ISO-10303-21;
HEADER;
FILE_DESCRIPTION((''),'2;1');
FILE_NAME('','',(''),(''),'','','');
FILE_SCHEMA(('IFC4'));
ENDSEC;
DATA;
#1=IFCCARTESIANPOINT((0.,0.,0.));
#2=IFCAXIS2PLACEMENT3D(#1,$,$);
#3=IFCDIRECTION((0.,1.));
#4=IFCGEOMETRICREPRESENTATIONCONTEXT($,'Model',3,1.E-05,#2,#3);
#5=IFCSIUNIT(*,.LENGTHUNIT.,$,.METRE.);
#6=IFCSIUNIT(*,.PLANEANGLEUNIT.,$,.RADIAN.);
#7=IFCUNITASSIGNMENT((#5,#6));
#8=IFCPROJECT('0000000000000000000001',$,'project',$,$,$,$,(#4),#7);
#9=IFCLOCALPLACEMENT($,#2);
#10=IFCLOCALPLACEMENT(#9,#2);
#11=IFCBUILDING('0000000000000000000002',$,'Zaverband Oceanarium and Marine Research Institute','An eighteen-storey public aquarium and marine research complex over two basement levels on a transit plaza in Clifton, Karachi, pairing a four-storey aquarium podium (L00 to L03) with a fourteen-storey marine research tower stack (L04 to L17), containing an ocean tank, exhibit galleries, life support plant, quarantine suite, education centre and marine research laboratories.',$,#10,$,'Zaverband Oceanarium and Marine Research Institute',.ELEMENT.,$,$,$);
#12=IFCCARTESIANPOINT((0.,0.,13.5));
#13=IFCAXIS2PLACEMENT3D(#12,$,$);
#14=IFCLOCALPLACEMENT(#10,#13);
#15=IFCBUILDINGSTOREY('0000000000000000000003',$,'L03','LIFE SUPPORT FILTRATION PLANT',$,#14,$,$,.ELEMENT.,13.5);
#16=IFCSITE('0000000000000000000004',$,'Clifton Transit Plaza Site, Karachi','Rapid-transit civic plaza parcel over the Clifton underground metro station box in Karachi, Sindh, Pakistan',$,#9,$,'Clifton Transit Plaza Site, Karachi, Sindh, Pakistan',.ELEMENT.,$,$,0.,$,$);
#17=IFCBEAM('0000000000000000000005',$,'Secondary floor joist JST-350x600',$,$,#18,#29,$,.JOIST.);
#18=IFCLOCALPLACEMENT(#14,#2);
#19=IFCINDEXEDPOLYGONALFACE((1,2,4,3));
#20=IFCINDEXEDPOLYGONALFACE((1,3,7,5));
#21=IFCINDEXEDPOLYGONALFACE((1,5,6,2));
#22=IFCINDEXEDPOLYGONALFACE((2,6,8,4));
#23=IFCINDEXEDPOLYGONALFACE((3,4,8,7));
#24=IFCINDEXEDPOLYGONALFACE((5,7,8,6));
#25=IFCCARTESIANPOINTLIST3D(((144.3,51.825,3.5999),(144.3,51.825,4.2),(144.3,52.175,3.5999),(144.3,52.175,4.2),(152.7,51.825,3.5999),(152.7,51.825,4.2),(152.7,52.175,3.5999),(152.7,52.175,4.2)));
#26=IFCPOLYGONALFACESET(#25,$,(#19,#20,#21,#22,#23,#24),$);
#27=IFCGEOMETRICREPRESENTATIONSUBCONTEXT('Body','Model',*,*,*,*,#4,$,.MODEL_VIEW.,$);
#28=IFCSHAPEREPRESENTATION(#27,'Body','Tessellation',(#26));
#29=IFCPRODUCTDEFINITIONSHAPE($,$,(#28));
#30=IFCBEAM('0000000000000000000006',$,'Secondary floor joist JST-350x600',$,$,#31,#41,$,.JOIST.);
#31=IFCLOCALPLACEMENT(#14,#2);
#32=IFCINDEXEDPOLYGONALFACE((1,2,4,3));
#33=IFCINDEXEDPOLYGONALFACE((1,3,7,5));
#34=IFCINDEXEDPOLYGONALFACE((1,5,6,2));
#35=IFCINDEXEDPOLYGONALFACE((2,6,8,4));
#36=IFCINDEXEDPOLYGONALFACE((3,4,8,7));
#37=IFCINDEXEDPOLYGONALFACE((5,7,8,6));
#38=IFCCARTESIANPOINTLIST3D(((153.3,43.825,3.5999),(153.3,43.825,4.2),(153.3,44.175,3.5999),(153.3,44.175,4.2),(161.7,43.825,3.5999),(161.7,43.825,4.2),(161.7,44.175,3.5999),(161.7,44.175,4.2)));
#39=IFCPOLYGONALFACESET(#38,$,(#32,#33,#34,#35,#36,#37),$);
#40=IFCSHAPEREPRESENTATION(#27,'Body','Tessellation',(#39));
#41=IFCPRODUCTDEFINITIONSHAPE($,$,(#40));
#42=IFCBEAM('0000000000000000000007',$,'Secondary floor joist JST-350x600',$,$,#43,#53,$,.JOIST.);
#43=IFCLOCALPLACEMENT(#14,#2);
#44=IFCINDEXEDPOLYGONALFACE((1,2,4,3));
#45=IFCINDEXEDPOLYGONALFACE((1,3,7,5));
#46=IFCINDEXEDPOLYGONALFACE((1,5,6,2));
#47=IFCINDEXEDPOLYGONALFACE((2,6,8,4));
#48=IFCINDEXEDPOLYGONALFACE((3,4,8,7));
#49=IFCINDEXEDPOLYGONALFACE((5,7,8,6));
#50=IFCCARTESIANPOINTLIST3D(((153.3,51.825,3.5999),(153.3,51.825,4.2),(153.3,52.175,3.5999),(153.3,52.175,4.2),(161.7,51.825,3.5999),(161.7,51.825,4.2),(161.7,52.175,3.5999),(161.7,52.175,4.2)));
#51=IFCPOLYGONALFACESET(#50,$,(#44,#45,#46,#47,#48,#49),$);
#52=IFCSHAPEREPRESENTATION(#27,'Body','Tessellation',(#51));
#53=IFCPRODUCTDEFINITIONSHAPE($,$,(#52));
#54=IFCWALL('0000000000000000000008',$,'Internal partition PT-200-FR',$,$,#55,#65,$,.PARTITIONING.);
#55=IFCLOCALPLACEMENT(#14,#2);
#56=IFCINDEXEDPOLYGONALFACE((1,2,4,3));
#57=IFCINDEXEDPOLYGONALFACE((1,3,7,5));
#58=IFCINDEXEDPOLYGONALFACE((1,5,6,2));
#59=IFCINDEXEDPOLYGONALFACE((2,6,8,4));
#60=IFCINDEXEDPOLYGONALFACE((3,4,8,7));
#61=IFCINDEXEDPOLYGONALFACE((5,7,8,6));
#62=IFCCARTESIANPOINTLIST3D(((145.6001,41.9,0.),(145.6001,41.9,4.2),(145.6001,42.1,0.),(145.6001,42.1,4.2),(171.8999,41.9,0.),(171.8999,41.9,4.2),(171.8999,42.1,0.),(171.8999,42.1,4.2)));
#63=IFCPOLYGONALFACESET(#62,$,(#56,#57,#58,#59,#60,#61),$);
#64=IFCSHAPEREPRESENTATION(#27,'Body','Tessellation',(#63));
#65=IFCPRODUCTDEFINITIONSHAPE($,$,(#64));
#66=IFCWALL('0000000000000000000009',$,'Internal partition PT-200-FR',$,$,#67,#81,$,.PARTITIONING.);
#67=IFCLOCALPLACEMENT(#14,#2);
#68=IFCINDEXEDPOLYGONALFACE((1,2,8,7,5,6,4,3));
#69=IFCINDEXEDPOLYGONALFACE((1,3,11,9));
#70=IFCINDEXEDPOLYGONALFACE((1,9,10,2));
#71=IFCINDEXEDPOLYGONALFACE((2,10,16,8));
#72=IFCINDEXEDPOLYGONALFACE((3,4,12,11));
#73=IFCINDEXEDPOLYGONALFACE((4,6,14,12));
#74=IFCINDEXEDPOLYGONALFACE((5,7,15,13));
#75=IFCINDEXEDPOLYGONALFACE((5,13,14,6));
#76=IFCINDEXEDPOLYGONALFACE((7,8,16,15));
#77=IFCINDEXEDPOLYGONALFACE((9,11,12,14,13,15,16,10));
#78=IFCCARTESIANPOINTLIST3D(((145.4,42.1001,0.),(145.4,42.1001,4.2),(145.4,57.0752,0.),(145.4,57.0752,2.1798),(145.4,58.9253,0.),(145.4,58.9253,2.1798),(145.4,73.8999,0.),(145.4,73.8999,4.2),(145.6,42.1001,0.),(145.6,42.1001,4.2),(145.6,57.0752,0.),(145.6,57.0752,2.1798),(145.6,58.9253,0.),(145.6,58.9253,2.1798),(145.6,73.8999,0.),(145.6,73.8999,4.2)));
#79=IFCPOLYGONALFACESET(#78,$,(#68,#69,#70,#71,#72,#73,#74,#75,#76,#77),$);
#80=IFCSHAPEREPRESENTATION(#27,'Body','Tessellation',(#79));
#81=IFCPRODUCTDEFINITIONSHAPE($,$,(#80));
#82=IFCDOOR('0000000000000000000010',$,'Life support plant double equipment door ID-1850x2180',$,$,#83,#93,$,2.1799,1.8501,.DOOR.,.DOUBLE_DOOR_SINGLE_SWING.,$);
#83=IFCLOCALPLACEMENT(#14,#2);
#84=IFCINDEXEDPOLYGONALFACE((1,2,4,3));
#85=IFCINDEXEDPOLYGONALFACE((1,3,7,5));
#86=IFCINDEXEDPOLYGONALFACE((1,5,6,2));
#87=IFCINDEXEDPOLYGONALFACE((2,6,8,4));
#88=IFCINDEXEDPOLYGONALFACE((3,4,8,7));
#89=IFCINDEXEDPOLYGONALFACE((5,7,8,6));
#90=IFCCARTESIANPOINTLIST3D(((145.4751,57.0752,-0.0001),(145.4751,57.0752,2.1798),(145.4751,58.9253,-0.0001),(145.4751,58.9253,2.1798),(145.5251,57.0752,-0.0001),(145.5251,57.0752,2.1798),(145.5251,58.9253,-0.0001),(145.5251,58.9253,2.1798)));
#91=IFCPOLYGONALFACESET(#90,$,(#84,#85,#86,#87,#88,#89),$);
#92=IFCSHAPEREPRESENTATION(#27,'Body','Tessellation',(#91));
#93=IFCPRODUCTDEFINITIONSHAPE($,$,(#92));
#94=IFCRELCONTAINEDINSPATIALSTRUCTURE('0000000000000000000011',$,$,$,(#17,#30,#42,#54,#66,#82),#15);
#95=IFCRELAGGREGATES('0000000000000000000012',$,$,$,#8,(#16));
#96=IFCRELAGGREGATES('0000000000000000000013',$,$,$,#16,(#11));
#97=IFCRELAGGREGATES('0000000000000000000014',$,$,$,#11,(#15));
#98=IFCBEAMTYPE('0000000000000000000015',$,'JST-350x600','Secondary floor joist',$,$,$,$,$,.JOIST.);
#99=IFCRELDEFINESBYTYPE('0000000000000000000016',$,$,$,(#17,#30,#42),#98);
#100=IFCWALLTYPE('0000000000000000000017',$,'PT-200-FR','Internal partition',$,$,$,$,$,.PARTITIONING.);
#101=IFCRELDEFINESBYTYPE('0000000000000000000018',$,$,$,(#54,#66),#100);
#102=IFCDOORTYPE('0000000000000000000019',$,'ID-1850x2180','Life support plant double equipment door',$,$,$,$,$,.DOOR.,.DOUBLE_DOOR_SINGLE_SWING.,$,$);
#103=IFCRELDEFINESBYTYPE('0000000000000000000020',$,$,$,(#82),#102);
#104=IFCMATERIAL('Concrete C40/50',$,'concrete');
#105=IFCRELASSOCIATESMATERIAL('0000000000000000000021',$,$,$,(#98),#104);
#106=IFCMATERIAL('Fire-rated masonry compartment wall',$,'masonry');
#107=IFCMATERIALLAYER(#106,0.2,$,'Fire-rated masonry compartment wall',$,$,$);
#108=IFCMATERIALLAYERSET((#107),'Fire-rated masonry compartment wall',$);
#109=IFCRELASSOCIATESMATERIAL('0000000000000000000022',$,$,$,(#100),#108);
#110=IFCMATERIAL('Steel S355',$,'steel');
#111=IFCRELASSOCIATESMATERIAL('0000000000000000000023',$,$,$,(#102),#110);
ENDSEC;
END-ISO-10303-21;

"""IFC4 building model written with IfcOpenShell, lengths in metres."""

from ifc_helpers import new_model, si_unit, direction, frame, frame_2d, origin, origin_2d, place, context, subcontext, project, spatial, rectangle, extrude, material, layer, layer_set, material_profile, profile_set, type_object, element, fill, save


model = new_model("IFC4")

# Units and contexts
model_context = context("Model", 3, precision=1e-05, world=origin(), true_north=direction((0.0, 1.0)))
body_context = subcontext(model_context, "Body", "Model", "MODEL_VIEW")
ifc_project = project(units=[si_unit("LENGTHUNIT", "METRE"), si_unit("PLANEANGLEUNIT", "RADIAN")], contexts=[model_context])

# Site, building, storey
site_placement = place(None, origin())
site = spatial("IfcSite", under=ifc_project, at=site_placement, Name="Clifton Transit Plaza Site, Karachi", Description="Rapid-transit civic plaza parcel over the Clifton underground metro station box in Karachi, Sindh, Pakistan", LongName="Clifton Transit Plaza Site, Karachi, Sindh, Pakistan", CompositionType="ELEMENT", RefElevation=0.0)
building_placement = place(site_placement, origin())
building = spatial("IfcBuilding", under=site, at=building_placement, Name="Zaverband Oceanarium and Marine Research Institute", Description="An eighteen-storey public aquarium and marine research complex over two basement levels on a transit plaza in Clifton, Karachi, pairing a four-storey aquarium podium (L00 to L03) with a fourteen-storey marine research tower stack (L04 to L17), containing an ocean tank, exhibit galleries, life support plant, quarantine suite, education centre and marine research laboratories.", LongName="Zaverband Oceanarium and Marine Research Institute", CompositionType="ELEMENT")
storey_placement = place(building_placement, frame((0.0, 0.0, 13.5)))
storey = spatial("IfcBuildingStorey", under=building, at=storey_placement, Name="L03", Description="LIFE SUPPORT FILTRATION PLANT", CompositionType="ELEMENT", Elevation=13.5)

# Beams
ifc_material_1 = material(Name="Concrete C40/50", Category="concrete")
ifc_material_profile_1 = material_profile(ifc_material_1, rectangle(XDim=0.3501, YDim=0.6001, at=origin_2d()), Name="RC350x600")
ifc_profile_set_1 = profile_set([ifc_material_profile_1], Name="Concrete C40/50")
beam_type_1 = type_object("IfcBeamType", Name="JST-350x600", Description="Secondary floor joist", PredefinedType="JOIST", material=ifc_profile_set_1)
for number, where, z_axis, x_axis, name in (
    (1, (144.3, 52.0, 3.8999), (1.0, 0.0, 0.0), (0.0, 1.0, 0.0), "Secondary floor joist JST-350x600"),
    (2, (153.3, 44.0, 3.8999), (1.0, 0.0, 0.0), (0.0, 1.0, 0.0), "Secondary floor joist JST-350x600"),
    (3, (153.3, 52.0, 3.8999), (1.0, 0.0, 0.0), (0.0, 1.0, 0.0), "Secondary floor joist JST-350x600"),
):
    element("IfcBeam", number, at=place(storey_placement, frame(where, z_axis=z_axis, x_axis=x_axis)), inside=storey, type_object=beam_type_1, Name=name, PredefinedType="JOIST", context=body_context, shape_type="SweptSolid", body=[
        extrude(rectangle(XDim=0.3501, YDim=0.6001, at=origin_2d()), origin(), (0.0, 0.0, 1.0), 8.3999),
    ])

# Wall
ifc_material_2 = material(Name="Fire-rated masonry compartment wall", Category="masonry")
ifc_layer = layer(ifc_material_2, 0.2, Name="Fire-rated masonry compartment wall")
ifc_layer_set = layer_set([ifc_layer], Name="Fire-rated masonry compartment wall")
wall_type = type_object("IfcWallType", Name="PT-200-FR", Description="Internal partition", PredefinedType="PARTITIONING", material=ifc_layer_set)
wall_1_placement = place(storey_placement, frame((145.6001, 42.0, 0.0), z_axis=(0.0, 0.0, 1.0), x_axis=(1.0, 0.0, 0.0)))
element("IfcWall", 4, at=wall_1_placement, inside=storey, type_object=wall_type, Name="Internal partition PT-200-FR", PredefinedType="PARTITIONING", context=body_context, shape_type="SweptSolid", body=[
    extrude(rectangle(XDim=26.2998, YDim=0.2, at=frame_2d((13.1499, 0.0))), origin(), (0.0, 0.0, 1.0), 4.2),
])

# Wall, opening, door
wall_2_placement = place(storey_placement, frame((145.5, 42.1001, 0.0), z_axis=(0.0, 0.0, 1.0), x_axis=(0.0, 1.0, 0.0)))
wall_2 = element("IfcWall", 5, at=wall_2_placement, inside=storey, type_object=wall_type, Name="Internal partition PT-200-FR", PredefinedType="PARTITIONING", context=body_context, shape_type="SweptSolid", body=[
    extrude(rectangle(XDim=31.7998, YDim=0.2, at=frame_2d((15.8999, 0.0))), origin(), (0.0, 0.0, 1.0), 4.2),
])
opening_placement = place(wall_2_placement, frame((14.9751, 0.0, 0.0)))
opening = element("IfcOpeningElement", 6, at=opening_placement, cuts=wall_2, PredefinedType="OPENING", context=body_context, shape_type="SweptSolid", body=[
    extrude(rectangle(XDim=1.8501, YDim=2.1799, at=frame_2d((0.925, 1.0898))), frame((0.0, 0.1118, 0.0), z_axis=(0.0, -1.0, 0.0), x_axis=(1.0, 0.0, 0.0)), (0.0, 0.0, 1.0), 0.2239),
])
ifc_material_3 = material(Name="Steel S355", Category="steel")
door_type = type_object("IfcDoorType", Name="ID-1850x2180", Description="Life support plant double equipment door", OperationType="DOUBLE_DOOR_SINGLE_SWING", PredefinedType="DOOR", material=ifc_material_3)
door_placement = place(opening_placement, origin())
door = element("IfcDoor", 7, at=door_placement, inside=storey, type_object=door_type, Name="Life support plant double equipment door ID-1850x2180", OperationType="DOUBLE_DOOR_SINGLE_SWING", OverallHeight=2.1799, OverallWidth=1.8501, PredefinedType="DOOR", context=body_context, shape_type="SweptSolid", body=[
    extrude(rectangle(XDim=1.8501, YDim=2.1799, at=frame_2d((0.925, 1.0898))), frame((0.0, 0.0249, 0.0), z_axis=(0.0, -1.0, 0.0), x_axis=(1.0, 0.0, 0.0)), (0.0, 0.0, 1.0), 0.05),
])
fill(opening, door)

save(model, "model.ifc")
